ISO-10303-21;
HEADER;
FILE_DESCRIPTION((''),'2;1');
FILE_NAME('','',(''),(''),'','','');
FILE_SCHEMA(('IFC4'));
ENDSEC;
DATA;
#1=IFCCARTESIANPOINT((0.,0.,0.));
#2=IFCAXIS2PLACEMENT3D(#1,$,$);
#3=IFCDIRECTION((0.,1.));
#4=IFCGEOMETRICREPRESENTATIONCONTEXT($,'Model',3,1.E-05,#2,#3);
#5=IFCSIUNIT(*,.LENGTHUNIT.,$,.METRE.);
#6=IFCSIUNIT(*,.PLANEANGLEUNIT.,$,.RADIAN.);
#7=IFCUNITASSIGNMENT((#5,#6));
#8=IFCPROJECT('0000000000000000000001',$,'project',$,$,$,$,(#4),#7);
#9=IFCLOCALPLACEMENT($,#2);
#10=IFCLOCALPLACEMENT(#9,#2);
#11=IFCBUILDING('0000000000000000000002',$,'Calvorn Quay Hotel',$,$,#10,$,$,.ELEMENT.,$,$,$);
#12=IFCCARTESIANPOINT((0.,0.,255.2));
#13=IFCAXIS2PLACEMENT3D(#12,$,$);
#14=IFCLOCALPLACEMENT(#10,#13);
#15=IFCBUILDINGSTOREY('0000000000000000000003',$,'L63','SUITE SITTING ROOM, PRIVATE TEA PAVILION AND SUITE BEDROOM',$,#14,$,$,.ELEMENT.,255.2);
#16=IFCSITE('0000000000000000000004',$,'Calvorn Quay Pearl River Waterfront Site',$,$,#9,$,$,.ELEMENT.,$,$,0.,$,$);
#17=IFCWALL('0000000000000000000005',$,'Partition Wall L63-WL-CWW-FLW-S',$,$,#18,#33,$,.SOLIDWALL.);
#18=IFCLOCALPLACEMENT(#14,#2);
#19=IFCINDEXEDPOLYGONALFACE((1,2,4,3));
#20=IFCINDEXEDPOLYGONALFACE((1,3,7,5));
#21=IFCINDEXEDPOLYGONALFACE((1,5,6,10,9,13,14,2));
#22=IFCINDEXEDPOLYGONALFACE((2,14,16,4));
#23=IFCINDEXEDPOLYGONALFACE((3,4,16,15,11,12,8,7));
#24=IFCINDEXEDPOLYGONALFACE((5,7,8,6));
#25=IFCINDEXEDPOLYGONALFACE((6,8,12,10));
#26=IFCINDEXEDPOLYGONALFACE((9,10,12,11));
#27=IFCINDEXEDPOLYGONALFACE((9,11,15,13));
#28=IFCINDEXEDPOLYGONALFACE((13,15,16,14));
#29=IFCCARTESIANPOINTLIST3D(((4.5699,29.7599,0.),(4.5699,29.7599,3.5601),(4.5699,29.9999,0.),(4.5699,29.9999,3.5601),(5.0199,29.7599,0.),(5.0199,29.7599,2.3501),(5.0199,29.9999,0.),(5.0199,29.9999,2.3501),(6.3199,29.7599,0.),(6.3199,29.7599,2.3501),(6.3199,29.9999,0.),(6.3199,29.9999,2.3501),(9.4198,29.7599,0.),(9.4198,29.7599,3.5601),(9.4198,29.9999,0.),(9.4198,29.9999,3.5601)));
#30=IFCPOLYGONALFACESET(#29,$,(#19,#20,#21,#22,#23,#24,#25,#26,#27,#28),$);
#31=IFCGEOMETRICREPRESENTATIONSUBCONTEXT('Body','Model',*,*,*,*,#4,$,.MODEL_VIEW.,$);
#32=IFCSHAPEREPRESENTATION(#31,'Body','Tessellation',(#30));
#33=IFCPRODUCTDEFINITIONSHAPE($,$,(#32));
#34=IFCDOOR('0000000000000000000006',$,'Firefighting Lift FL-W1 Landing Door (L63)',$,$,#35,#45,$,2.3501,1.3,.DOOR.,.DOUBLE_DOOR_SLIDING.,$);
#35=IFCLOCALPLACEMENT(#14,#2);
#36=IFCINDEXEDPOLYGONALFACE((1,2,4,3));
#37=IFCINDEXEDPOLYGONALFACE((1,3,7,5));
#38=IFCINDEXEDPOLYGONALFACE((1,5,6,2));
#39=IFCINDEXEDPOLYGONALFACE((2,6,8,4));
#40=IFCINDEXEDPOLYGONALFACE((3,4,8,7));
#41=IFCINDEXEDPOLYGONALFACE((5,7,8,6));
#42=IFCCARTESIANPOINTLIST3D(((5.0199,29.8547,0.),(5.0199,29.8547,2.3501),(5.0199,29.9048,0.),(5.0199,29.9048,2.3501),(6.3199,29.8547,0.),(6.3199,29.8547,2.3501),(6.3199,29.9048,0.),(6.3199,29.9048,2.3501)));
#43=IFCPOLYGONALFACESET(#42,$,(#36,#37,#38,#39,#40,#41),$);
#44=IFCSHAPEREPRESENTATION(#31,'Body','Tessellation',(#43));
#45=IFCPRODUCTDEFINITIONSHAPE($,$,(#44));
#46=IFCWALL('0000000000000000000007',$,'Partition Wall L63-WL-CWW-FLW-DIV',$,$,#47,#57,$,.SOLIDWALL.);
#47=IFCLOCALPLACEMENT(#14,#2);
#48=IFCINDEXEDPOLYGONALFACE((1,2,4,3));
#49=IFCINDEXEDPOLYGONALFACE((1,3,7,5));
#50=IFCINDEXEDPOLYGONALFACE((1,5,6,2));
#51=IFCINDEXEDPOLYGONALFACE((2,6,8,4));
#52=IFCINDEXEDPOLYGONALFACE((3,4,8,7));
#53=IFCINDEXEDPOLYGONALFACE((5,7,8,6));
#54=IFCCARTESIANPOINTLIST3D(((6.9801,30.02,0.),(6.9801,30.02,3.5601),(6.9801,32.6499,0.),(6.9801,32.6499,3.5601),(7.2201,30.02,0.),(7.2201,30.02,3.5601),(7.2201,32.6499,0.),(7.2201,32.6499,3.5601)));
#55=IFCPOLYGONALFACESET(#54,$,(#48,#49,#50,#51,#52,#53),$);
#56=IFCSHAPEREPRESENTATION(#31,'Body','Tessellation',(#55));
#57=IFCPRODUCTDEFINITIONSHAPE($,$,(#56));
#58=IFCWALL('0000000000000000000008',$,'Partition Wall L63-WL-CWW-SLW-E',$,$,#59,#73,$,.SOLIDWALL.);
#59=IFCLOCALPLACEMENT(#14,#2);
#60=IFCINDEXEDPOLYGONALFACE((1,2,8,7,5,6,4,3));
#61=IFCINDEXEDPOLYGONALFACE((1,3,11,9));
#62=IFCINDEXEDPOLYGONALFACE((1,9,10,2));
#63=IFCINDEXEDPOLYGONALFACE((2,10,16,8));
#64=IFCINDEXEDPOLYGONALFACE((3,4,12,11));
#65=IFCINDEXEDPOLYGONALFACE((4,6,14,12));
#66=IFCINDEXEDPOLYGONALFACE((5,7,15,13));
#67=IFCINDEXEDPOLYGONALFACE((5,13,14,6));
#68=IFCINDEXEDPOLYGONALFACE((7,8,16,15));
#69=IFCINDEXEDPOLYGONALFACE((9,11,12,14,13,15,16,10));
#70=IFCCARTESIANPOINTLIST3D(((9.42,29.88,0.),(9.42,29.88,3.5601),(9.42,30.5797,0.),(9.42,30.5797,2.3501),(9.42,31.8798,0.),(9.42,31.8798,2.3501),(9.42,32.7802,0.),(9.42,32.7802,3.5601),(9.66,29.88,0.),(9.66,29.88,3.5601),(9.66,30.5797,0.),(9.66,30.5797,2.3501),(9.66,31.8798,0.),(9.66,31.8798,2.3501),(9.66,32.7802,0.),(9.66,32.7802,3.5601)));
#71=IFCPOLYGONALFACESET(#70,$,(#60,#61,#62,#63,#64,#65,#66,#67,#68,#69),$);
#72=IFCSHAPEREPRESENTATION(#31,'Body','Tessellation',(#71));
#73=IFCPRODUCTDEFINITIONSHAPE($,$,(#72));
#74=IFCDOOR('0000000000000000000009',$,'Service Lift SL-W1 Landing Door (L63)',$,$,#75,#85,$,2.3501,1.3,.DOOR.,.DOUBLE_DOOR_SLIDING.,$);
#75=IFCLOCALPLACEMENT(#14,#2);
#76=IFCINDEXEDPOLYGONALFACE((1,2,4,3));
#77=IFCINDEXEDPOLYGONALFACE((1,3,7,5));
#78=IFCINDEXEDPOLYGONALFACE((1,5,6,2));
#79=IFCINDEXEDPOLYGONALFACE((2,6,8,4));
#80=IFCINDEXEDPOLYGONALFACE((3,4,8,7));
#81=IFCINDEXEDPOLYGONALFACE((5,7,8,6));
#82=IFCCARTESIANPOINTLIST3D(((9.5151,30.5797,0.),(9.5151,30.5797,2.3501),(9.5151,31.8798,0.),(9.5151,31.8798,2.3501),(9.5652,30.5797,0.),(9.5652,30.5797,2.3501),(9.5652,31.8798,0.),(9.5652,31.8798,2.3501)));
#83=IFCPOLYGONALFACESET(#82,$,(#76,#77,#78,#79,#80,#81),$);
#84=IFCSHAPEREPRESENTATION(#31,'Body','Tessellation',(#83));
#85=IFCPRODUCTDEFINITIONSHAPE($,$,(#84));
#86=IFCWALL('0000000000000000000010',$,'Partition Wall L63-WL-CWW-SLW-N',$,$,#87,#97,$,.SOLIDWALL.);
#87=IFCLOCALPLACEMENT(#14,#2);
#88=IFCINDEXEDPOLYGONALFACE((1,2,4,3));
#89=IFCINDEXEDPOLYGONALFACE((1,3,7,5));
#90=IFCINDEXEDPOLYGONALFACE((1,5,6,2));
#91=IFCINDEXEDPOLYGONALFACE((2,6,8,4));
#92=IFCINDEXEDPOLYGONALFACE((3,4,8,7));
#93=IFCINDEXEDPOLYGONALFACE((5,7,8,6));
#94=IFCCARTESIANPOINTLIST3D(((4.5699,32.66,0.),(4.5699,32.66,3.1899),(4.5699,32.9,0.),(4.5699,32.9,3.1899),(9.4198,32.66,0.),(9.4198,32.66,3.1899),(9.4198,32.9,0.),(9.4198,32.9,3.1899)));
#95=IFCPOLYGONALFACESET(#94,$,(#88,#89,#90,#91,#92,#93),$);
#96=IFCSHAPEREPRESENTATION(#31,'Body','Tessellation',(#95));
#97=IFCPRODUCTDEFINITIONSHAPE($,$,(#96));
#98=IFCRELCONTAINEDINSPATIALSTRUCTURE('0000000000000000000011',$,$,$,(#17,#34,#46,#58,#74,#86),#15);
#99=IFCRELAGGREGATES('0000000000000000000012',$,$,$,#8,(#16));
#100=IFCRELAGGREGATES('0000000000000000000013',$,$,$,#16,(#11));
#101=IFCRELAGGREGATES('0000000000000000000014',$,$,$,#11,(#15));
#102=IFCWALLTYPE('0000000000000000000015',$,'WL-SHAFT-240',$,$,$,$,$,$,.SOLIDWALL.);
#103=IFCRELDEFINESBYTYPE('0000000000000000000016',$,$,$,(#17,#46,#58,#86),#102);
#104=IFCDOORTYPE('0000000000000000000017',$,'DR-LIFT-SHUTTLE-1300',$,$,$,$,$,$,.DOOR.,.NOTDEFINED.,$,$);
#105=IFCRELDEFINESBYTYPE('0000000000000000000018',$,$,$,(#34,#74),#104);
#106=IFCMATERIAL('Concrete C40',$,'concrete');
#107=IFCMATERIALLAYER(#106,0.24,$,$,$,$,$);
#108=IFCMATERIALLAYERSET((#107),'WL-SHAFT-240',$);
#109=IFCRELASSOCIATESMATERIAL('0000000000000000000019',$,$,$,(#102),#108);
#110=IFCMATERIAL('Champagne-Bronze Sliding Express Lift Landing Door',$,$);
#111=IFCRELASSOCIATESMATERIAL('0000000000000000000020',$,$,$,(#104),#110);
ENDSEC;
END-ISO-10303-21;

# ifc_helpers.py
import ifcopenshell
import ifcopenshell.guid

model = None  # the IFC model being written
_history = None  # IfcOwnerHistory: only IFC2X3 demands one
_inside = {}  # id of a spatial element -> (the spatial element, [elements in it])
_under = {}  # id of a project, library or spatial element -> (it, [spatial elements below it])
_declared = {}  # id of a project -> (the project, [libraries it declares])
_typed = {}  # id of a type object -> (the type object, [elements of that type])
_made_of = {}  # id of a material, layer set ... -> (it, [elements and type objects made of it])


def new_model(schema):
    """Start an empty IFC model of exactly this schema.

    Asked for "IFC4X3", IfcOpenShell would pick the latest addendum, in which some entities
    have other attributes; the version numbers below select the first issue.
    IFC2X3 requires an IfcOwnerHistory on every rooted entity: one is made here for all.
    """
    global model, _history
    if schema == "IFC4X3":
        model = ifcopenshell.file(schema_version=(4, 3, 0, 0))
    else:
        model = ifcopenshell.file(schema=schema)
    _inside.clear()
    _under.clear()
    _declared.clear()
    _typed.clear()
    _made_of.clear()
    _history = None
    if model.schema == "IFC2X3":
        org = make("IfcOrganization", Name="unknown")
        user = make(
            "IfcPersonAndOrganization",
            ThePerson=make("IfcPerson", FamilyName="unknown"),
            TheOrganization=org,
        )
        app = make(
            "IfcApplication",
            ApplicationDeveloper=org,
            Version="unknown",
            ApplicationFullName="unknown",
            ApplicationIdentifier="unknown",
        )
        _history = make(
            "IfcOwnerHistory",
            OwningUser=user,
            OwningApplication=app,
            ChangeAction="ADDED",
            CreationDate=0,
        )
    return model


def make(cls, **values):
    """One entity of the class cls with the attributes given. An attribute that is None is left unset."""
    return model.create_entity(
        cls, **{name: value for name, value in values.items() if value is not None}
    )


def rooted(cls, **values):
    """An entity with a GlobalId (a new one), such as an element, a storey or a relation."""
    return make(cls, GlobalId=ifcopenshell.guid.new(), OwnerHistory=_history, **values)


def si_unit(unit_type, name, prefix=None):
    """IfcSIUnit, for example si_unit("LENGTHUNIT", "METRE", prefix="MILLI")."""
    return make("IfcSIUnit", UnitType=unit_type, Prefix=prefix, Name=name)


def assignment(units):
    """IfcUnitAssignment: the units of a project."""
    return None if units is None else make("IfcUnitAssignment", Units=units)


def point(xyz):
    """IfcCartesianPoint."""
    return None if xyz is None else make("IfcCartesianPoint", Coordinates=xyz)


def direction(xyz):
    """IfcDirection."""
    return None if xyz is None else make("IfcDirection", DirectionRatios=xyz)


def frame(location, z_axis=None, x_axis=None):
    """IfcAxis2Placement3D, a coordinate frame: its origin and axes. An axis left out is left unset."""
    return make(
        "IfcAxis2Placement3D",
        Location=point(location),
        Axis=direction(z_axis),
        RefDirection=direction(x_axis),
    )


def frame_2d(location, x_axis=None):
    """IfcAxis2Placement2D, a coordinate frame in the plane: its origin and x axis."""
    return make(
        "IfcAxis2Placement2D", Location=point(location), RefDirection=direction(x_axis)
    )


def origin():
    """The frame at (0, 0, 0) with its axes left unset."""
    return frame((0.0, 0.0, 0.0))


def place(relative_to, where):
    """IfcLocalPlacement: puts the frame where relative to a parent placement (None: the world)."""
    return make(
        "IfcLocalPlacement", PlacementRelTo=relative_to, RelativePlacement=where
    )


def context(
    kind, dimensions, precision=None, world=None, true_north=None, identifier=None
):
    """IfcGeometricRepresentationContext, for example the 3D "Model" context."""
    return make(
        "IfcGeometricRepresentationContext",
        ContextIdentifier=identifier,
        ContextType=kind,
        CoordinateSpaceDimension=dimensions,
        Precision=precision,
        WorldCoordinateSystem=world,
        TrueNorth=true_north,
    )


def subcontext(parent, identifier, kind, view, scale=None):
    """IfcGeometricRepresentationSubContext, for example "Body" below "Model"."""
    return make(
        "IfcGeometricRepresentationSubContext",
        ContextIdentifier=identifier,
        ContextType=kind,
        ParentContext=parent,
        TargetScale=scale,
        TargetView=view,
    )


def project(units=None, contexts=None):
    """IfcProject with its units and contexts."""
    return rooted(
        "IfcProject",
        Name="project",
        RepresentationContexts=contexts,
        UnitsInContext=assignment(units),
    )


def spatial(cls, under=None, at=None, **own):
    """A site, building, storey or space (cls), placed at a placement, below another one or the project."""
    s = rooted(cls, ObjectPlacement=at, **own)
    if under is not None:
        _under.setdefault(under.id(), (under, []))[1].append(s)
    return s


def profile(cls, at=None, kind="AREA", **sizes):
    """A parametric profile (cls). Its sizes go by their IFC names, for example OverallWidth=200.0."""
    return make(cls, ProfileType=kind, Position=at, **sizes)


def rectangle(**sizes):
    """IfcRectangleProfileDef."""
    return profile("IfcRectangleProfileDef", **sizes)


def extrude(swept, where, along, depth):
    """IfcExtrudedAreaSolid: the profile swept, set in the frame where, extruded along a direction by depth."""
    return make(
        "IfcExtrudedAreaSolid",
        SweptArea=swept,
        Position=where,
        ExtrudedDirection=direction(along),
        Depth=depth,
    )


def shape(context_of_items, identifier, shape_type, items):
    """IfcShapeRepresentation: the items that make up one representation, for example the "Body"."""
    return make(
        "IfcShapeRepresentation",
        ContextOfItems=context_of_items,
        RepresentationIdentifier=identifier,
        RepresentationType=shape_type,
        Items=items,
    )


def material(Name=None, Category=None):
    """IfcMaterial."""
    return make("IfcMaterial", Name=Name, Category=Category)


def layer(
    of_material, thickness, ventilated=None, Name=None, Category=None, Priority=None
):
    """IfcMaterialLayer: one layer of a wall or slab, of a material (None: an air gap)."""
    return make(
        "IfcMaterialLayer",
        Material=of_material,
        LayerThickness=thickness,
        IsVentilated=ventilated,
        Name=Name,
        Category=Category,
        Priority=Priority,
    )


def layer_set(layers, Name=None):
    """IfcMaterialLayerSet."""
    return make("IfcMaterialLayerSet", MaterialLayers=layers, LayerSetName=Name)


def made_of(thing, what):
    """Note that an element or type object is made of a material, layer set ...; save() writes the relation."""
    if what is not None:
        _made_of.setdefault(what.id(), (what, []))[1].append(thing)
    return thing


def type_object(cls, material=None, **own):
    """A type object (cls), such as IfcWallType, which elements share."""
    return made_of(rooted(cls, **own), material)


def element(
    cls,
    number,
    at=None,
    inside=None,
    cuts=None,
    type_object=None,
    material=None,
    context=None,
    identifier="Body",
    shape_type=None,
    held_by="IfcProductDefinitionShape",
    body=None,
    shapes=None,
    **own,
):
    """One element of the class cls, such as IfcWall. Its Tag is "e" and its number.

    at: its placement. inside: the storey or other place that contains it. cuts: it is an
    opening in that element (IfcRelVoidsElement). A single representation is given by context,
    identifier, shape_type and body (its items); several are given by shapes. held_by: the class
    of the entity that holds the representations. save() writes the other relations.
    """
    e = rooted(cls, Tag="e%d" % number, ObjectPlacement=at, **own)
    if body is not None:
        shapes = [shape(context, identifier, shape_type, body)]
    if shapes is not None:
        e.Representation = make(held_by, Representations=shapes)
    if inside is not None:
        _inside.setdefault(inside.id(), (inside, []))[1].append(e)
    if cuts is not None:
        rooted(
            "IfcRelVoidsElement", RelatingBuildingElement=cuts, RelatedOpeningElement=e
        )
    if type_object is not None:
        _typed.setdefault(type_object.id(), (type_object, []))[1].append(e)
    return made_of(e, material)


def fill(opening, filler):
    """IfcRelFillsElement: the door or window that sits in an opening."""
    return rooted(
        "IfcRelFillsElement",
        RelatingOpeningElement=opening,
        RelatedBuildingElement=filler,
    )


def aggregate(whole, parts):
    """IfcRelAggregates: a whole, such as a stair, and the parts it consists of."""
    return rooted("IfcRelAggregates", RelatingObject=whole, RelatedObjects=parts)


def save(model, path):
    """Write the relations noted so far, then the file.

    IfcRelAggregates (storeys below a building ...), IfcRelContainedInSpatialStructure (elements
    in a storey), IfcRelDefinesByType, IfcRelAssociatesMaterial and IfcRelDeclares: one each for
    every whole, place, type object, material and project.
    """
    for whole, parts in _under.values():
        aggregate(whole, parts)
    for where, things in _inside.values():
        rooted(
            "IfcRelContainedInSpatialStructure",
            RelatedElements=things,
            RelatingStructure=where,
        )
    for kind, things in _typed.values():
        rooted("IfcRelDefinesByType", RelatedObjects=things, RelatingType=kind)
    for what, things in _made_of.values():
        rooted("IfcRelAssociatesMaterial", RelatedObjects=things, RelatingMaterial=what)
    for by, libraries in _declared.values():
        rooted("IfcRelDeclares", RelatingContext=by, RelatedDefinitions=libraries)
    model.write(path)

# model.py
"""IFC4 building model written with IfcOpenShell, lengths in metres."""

from ifc_helpers import new_model, si_unit, direction, frame, frame_2d, origin, place, context, subcontext, project, spatial, rectangle, extrude, material, layer, layer_set, type_object, element, fill, save


model = new_model("IFC4")

# Units and contexts
model_context = context("Model", 3, precision=1e-05, world=origin(), true_north=direction((0.0, 1.0)))
body_context = subcontext(model_context, "Body", "Model", "MODEL_VIEW")
ifc_project = project(units=[si_unit("LENGTHUNIT", "METRE"), si_unit("PLANEANGLEUNIT", "RADIAN")], contexts=[model_context])

# Site, building, storey
site_placement = place(None, origin())
site = spatial("IfcSite", under=ifc_project, at=site_placement, Name="Calvorn Quay Pearl River Waterfront Site", CompositionType="ELEMENT", RefElevation=0.0)
building_placement = place(site_placement, origin())
building = spatial("IfcBuilding", under=site, at=building_placement, Name="Calvorn Quay Hotel", CompositionType="ELEMENT")
storey_placement = place(building_placement, frame((0.0, 0.0, 255.2)))
storey = spatial("IfcBuildingStorey", under=building, at=storey_placement, Name="L63", Description="SUITE SITTING ROOM, PRIVATE TEA PAVILION AND SUITE BEDROOM", CompositionType="ELEMENT", Elevation=255.2)

# Wall, opening, door
ifc_material_1 = material(Name="Concrete C40", Category="concrete")
ifc_layer_1 = layer(ifc_material_1, 0.24)
ifc_layer_set_1 = layer_set([ifc_layer_1], Name="WL-SHAFT-240")
wall_type_1 = type_object("IfcWallType", Name="WL-SHAFT-240", PredefinedType="SOLIDWALL", material=ifc_layer_set_1)
wall_1_placement = place(storey_placement, frame((4.5701, 29.8799, 0.0), z_axis=(0.0, 0.0, 1.0), x_axis=(1.0, 0.0, 0.0)))
wall_1 = element("IfcWall", 1, at=wall_1_placement, inside=storey, type_object=wall_type_1, Name="Partition Wall L63-WL-CWW-FLW-S", PredefinedType="SOLIDWALL", context=body_context, shape_type="SweptSolid", body=[
    extrude(rectangle(XDim=4.8499, YDim=0.24, at=frame_2d((2.4248, 0.0))), origin(), (0.0, 0.0, 1.0), 3.5601),
])
opening_1_placement = place(wall_1_placement, frame((0.45, 0.0, 0.0)))
opening_1 = element("IfcOpeningElement", 2, at=opening_1_placement, cuts=wall_1, PredefinedType="OPENING", context=body_context, shape_type="SweptSolid", body=[
    extrude(rectangle(XDim=1.3, YDim=2.3501, at=frame_2d((0.6499, 1.175))), frame((0.0, 0.1299, 0.0), z_axis=(0.0, -1.0, 0.0), x_axis=(1.0, 0.0, 0.0)), (0.0, 0.0, 1.0), 0.26),
])
ifc_material_2 = material(Name="Champagne-Bronze Sliding Express Lift Landing Door")
door_type_1 = type_object("IfcDoorType", Name="DR-LIFT-SHUTTLE-1300", OperationType="NOTDEFINED", PredefinedType="DOOR", material=ifc_material_2)
door_1_placement = place(opening_1_placement, origin())
door_1 = element("IfcDoor", 3, at=door_1_placement, inside=storey, type_object=door_type_1, Name="Firefighting Lift FL-W1 Landing Door (L63)", OperationType="DOUBLE_DOOR_SLIDING", OverallHeight=2.3501, OverallWidth=1.3, PredefinedType="DOOR", context=body_context, shape_type="SweptSolid", body=[
    extrude(rectangle(XDim=1.3, YDim=2.3501, at=frame_2d((0.6499, 1.175))), frame((0.0, 0.0249, 0.0), z_axis=(0.0, -1.0, 0.0), x_axis=(1.0, 0.0, 0.0)), (0.0, 0.0, 1.0), 0.05),
])
fill(opening_1, door_1)

# Wall
wall_2_placement = place(storey_placement, frame((7.1001, 30.02, 0.0), z_axis=(0.0, 0.0, 1.0), x_axis=(0.0, 1.0, 0.0)))
element("IfcWall", 4, at=wall_2_placement, inside=storey, type_object=wall_type_1, Name="Partition Wall L63-WL-CWW-FLW-DIV", PredefinedType="SOLIDWALL", context=body_context, shape_type="SweptSolid", body=[
    extrude(rectangle(XDim=2.6299, YDim=0.24, at=frame_2d((1.3149, 0.0))), origin(), (0.0, 0.0, 1.0), 3.5601),
])

# Wall, opening, door
wall_3_placement = place(storey_placement, frame((9.54, 29.8799, 0.0), z_axis=(0.0, 0.0, 1.0), x_axis=(0.0, 1.0, 0.0)))
wall_3 = element("IfcWall", 5, at=wall_3_placement, inside=storey, type_object=wall_type_1, Name="Partition Wall L63-WL-CWW-SLW-E", PredefinedType="SOLIDWALL", context=body_context, shape_type="SweptSolid", body=[
    extrude(rectangle(XDim=2.9001, YDim=0.24, at=frame_2d((1.4502, 0.0))), origin(), (0.0, 0.0, 1.0), 3.5601),
])
opening_2_placement = place(wall_3_placement, frame((0.7, 0.0, 0.0)))
opening_2 = element("IfcOpeningElement", 6, at=opening_2_placement, cuts=wall_3, PredefinedType="OPENING", context=body_context, shape_type="SweptSolid", body=[
    extrude(rectangle(XDim=1.3, YDim=2.3501, at=frame_2d((0.6499, 1.175))), frame((0.0, 0.1299, 0.0), z_axis=(0.0, -1.0, 0.0), x_axis=(1.0, 0.0, 0.0)), (0.0, 0.0, 1.0), 0.26),
])
door_2_placement = place(opening_2_placement, origin())
door_2 = element("IfcDoor", 7, at=door_2_placement, inside=storey, type_object=door_type_1, Name="Service Lift SL-W1 Landing Door (L63)", OperationType="DOUBLE_DOOR_SLIDING", OverallHeight=2.3501, OverallWidth=1.3, PredefinedType="DOOR", context=body_context, shape_type="SweptSolid", body=[
    extrude(rectangle(XDim=1.3, YDim=2.3501, at=frame_2d((0.6499, 1.175))), frame((0.0, 0.0249, 0.0), z_axis=(0.0, -1.0, 0.0), x_axis=(1.0, 0.0, 0.0)), (0.0, 0.0, 1.0), 0.05),
])
fill(opening_2, door_2)

# Wall
wall_4_placement = place(storey_placement, frame((4.5701, 32.78, 0.0), z_axis=(0.0, 0.0, 1.0), x_axis=(1.0, 0.0, 0.0)))
element("IfcWall", 8, at=wall_4_placement, inside=storey, type_object=wall_type_1, Name="Partition Wall L63-WL-CWW-SLW-N", PredefinedType="SOLIDWALL", context=body_context, shape_type="SweptSolid", body=[
    extrude(rectangle(XDim=4.8499, YDim=0.24, at=frame_2d((2.4248, 0.0))), origin(), (0.0, 0.0, 1.0), 3.1899),
])

save(model, "model.ifc")
